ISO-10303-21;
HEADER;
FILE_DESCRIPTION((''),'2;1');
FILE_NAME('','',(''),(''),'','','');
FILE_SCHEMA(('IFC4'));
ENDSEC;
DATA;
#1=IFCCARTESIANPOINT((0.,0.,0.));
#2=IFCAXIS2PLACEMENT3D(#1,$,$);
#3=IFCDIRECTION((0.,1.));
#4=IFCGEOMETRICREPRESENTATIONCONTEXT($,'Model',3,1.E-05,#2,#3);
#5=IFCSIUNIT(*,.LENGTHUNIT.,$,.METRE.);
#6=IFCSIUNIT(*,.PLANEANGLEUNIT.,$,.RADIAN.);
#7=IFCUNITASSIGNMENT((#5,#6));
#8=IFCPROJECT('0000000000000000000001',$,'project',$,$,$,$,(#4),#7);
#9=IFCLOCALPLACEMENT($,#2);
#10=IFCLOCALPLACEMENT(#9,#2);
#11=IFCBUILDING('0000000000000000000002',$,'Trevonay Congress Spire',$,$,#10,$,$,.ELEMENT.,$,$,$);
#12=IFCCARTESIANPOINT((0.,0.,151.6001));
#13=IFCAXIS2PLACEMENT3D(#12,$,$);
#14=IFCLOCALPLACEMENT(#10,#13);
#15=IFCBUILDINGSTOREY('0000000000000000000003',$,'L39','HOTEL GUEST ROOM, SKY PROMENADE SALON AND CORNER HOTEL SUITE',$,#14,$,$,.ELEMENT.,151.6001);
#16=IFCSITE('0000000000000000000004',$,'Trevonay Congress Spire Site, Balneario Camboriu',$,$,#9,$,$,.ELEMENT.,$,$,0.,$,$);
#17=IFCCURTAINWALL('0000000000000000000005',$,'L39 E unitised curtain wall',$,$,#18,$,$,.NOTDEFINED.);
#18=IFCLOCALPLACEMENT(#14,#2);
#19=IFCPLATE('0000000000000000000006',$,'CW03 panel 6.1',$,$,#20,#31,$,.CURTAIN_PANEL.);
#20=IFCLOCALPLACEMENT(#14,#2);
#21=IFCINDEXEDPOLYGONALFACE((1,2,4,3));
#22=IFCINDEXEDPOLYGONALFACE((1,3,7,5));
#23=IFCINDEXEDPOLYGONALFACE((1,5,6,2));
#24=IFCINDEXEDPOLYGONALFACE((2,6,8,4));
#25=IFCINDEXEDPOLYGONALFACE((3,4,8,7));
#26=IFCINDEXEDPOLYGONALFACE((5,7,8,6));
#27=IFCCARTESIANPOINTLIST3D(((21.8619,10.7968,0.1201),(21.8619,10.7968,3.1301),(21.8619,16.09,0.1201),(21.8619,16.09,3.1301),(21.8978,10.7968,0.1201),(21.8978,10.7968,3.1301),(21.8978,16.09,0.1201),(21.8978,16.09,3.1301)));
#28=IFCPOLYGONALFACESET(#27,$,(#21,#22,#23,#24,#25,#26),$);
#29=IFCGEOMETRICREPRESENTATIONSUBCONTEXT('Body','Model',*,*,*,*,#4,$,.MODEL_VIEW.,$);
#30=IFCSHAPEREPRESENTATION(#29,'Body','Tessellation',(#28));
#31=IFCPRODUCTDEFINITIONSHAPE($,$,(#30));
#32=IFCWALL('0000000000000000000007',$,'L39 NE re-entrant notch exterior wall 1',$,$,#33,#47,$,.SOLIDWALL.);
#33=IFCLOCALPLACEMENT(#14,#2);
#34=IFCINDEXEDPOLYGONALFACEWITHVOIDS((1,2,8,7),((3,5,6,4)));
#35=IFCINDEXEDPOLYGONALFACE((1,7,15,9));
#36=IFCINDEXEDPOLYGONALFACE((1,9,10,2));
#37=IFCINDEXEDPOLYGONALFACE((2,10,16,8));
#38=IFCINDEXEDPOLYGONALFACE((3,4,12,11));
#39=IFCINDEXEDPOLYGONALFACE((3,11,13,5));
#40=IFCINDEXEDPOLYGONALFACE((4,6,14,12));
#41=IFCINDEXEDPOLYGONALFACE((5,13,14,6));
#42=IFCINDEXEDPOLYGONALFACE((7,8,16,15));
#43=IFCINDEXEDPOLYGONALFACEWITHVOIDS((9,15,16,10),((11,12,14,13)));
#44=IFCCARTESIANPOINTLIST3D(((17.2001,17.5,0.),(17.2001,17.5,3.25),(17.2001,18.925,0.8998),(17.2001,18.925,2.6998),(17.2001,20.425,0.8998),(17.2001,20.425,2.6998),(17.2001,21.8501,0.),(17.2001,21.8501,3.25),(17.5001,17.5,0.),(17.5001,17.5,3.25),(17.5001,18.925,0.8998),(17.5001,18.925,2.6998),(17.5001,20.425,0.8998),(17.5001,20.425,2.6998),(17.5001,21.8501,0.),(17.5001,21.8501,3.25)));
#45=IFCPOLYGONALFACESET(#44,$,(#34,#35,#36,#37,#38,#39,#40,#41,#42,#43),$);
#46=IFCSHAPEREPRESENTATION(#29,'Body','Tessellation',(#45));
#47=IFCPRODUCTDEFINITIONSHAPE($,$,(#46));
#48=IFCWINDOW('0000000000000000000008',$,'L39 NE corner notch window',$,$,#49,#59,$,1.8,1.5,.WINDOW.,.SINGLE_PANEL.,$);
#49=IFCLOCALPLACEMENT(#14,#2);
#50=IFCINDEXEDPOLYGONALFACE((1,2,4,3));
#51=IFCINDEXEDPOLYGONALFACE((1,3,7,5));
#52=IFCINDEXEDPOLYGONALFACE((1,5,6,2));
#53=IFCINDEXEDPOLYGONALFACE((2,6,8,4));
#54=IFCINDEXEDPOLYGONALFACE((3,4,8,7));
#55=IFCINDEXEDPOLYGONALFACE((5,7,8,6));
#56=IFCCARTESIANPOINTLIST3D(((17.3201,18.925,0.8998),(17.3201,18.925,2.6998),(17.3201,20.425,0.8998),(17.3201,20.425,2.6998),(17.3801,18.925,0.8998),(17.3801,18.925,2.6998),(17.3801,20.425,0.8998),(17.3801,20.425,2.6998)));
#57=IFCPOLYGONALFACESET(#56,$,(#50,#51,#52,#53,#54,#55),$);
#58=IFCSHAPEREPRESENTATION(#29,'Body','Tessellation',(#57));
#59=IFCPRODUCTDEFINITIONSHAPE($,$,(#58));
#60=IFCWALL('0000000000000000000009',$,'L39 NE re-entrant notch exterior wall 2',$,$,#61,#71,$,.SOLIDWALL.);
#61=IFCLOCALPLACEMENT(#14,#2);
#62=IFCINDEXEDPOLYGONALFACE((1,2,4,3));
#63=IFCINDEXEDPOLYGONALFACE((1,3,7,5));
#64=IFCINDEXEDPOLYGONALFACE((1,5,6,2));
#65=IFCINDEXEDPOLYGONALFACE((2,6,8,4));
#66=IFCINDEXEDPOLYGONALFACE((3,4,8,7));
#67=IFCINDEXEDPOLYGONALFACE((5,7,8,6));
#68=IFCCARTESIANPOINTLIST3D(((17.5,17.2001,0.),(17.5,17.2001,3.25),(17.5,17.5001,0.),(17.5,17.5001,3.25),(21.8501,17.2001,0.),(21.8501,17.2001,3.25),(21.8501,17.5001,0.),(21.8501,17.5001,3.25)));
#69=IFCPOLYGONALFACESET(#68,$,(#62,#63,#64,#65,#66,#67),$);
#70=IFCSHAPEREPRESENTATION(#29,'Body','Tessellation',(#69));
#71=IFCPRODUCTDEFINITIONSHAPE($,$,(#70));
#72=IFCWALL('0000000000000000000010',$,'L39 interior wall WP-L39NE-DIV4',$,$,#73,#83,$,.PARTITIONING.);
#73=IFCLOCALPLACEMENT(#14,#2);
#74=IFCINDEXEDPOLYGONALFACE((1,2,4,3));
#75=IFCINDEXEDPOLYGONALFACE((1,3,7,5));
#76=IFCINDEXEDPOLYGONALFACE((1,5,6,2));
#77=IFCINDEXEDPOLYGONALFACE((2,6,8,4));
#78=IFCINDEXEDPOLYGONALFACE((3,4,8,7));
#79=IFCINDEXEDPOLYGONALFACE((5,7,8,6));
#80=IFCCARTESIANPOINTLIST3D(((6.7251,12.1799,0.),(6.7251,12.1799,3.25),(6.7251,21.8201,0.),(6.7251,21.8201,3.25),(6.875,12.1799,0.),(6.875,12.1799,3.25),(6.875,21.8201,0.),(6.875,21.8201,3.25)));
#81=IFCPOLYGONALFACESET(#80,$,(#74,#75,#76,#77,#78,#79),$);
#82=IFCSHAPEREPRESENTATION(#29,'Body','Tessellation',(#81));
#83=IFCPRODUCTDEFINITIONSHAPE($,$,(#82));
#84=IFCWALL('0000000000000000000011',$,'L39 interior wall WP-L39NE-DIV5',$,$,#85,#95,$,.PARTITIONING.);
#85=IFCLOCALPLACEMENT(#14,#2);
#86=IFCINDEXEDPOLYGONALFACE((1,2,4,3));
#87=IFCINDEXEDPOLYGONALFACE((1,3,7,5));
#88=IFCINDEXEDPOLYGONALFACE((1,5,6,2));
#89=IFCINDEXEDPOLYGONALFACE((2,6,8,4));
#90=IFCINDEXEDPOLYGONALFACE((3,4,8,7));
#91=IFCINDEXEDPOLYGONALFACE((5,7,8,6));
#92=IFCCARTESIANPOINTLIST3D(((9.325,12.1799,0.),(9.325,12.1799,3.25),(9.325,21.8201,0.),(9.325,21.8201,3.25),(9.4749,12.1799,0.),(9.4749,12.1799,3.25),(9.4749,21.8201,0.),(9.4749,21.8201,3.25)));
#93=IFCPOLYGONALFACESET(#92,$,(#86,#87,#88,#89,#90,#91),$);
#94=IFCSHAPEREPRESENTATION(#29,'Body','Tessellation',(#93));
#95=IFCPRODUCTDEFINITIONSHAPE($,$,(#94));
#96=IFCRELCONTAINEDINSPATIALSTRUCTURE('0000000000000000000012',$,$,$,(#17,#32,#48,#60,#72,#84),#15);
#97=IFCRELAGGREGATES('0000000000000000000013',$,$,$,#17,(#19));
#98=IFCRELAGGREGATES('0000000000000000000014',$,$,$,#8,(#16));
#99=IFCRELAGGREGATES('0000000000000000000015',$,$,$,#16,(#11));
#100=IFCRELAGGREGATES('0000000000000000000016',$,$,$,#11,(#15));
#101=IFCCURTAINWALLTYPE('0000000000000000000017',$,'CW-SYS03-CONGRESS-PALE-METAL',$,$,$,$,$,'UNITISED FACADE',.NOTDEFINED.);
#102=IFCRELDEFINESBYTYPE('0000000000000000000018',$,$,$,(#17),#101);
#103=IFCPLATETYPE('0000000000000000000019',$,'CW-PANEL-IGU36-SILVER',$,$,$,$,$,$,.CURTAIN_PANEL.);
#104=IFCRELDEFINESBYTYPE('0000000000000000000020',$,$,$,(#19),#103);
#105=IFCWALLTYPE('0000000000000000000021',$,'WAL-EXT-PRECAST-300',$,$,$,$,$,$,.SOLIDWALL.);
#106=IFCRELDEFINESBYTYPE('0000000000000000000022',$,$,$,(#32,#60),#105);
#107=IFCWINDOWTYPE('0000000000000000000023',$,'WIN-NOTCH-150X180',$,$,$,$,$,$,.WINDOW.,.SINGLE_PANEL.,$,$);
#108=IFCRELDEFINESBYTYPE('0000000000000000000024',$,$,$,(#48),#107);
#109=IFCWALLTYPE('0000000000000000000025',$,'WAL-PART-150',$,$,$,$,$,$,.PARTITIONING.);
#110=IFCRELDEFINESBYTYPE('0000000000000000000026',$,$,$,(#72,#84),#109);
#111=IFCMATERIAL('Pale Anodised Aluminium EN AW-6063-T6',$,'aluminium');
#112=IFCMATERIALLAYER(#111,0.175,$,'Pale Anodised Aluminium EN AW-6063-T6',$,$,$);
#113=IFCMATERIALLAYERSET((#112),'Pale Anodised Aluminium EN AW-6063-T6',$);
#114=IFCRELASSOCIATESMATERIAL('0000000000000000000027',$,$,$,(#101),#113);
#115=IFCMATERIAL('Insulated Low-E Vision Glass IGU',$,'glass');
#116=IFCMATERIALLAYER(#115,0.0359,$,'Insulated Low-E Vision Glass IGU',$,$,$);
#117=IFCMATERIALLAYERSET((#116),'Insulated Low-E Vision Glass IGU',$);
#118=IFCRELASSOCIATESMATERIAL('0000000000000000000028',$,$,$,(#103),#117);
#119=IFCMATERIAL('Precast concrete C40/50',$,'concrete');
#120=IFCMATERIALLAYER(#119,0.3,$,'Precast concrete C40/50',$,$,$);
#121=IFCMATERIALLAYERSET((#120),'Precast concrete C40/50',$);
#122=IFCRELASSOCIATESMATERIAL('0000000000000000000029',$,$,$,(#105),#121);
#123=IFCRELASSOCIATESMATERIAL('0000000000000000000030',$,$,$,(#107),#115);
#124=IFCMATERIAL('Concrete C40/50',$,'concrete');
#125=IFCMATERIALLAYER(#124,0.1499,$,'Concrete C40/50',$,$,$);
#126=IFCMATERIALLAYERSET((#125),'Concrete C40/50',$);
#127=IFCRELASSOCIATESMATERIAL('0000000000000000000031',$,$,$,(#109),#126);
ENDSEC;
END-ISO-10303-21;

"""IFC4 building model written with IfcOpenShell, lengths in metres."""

from ifc_helpers import new_model, si_unit, direction, frame, frame_2d, origin, origin_2d, place, context, subcontext, project, spatial, rectangle, extrude, material, layer, layer_set, type_object, element, fill, aggregate, save


model = new_model("IFC4")

# Units and contexts
model_context = context("Model", 3, precision=1e-05, world=origin(), true_north=direction((0.0, 1.0)))
body_context = subcontext(model_context, "Body", "Model", "MODEL_VIEW")
ifc_project = project(units=[si_unit("LENGTHUNIT", "METRE"), si_unit("PLANEANGLEUNIT", "RADIAN")], contexts=[model_context])

# Site, building, storey
site_placement = place(None, origin())
site = spatial("IfcSite", under=ifc_project, at=site_placement, Name="Trevonay Congress Spire Site, Balneario Camboriu", CompositionType="ELEMENT", RefElevation=0.0)
building_placement = place(site_placement, origin())
building = spatial("IfcBuilding", under=site, at=building_placement, Name="Trevonay Congress Spire", CompositionType="ELEMENT")
storey_placement = place(building_placement, frame((0.0, 0.0, 151.6001)))
storey = spatial("IfcBuildingStorey", under=building, at=storey_placement, Name="L39", Description="HOTEL GUEST ROOM, SKY PROMENADE SALON AND CORNER HOTEL SUITE", CompositionType="ELEMENT", Elevation=151.6001)

# Shared definitions
ifc_material_1 = material(Name="Pale Anodised Aluminium EN AW-6063-T6", Category="aluminium")
ifc_layer_1 = layer(ifc_material_1, 0.175, Name="Pale Anodised Aluminium EN AW-6063-T6")
ifc_layer_set_1 = layer_set([ifc_layer_1], Name="Pale Anodised Aluminium EN AW-6063-T6")
curtain_wall_type = type_object("IfcCurtainWallType", Name="CW-SYS03-CONGRESS-PALE-METAL", ElementType="UNITISED FACADE", PredefinedType="NOTDEFINED", material=ifc_layer_set_1)

# Curtain wall
curtain_wall_1_placement = place(storey_placement, origin())
curtain_wall_1 = element("IfcCurtainWall", 1, at=curtain_wall_1_placement, inside=storey, type_object=curtain_wall_type, Name="L39 E unitised curtain wall", PredefinedType="NOTDEFINED")

# Plate
ifc_material_2 = material(Name="Insulated Low-E Vision Glass IGU", Category="glass")
ifc_layer_2 = layer(ifc_material_2, 0.0359, Name="Insulated Low-E Vision Glass IGU")
ifc_layer_set_2 = layer_set([ifc_layer_2], Name="Insulated Low-E Vision Glass IGU")
plate_type = type_object("IfcPlateType", Name="CW-PANEL-IGU36-SILVER", PredefinedType="CURTAIN_PANEL", material=ifc_layer_set_2)
plate_1_placement = place(storey_placement, frame((21.8799, 13.4434, 0.1201), z_axis=(0.0, 0.0, 1.0), x_axis=(0.0, 1.0, 0.0)))
plate_1 = element("IfcPlate", 2, at=plate_1_placement, type_object=plate_type, Name="CW03 panel 6.1", PredefinedType="CURTAIN_PANEL", context=body_context, shape_type="SweptSolid", body=[
    extrude(rectangle(XDim=5.2932, YDim=0.0359, at=origin_2d()), origin(), (0.0, 0.0, 1.0), 3.01),
])
aggregate(curtain_wall_1, [plate_1])

# Wall, opening, window
ifc_material_3 = material(Name="Precast concrete C40/50", Category="concrete")
ifc_layer_3 = layer(ifc_material_3, 0.3, Name="Precast concrete C40/50")
ifc_layer_set_3 = layer_set([ifc_layer_3], Name="Precast concrete C40/50")
wall_type_1 = type_object("IfcWallType", Name="WAL-EXT-PRECAST-300", PredefinedType="SOLIDWALL", material=ifc_layer_set_3)
wall_1_placement = place(storey_placement, frame((17.3501, 21.8501, 0.0), z_axis=(0.0, 0.0, 1.0), x_axis=(0.0, -1.0, 0.0)))
wall_1 = element("IfcWall", 3, at=wall_1_placement, inside=storey, type_object=wall_type_1, Name="L39 NE re-entrant notch exterior wall 1", PredefinedType="SOLIDWALL", context=body_context, shape_type="SweptSolid", body=[
    extrude(rectangle(XDim=4.3501, YDim=0.3, at=frame_2d((2.175, 0.0))), origin(), (0.0, 0.0, 1.0), 3.25),
])
opening_placement = place(wall_1_placement, frame((1.425, 0.0, 0.8999)))
opening = element("IfcOpeningElement", 4, at=opening_placement, cuts=wall_1, PredefinedType="OPENING", context=body_context, shape_type="SweptSolid", body=[
    extrude(rectangle(XDim=1.5, YDim=1.8, at=frame_2d((0.75, 0.8999))), frame((0.0, 0.1602, 0.0), z_axis=(0.0, -1.0, 0.0), x_axis=(1.0, 0.0, 0.0)), (0.0, 0.0, 1.0), 0.3201),
])
window_type = type_object("IfcWindowType", Name="WIN-NOTCH-150X180", PartitioningType="SINGLE_PANEL", PredefinedType="WINDOW", material=ifc_material_2)
window_placement = place(opening_placement, origin())
window = element("IfcWindow", 5, at=window_placement, inside=storey, type_object=window_type, Name="L39 NE corner notch window", OverallHeight=1.8, OverallWidth=1.5, PartitioningType="SINGLE_PANEL", PredefinedType="WINDOW", context=body_context, shape_type="SweptSolid", body=[
    extrude(rectangle(XDim=1.5, YDim=1.8, at=frame_2d((0.75, 0.8999))), frame((0.0, 0.03, 0.0), z_axis=(0.0, -1.0, 0.0), x_axis=(1.0, 0.0, 0.0)), (0.0, 0.0, 1.0), 0.0601),
])
fill(opening, window)

# Walls
wall_2_placement = place(storey_placement, frame((21.8501, 17.3501, 0.0), z_axis=(0.0, 0.0, 1.0), x_axis=(-1.0, 0.0, 0.0)))
element("IfcWall", 6, at=wall_2_placement, inside=storey, type_object=wall_type_1, Name="L39 NE re-entrant notch exterior wall 2", PredefinedType="SOLIDWALL", context=body_context, shape_type="SweptSolid", body=[
    extrude(rectangle(XDim=4.3501, YDim=0.3, at=frame_2d((2.175, 0.0))), origin(), (0.0, 0.0, 1.0), 3.25),
])
ifc_material_4 = material(Name="Concrete C40/50", Category="concrete")
ifc_layer_4 = layer(ifc_material_4, 0.1499, Name="Concrete C40/50")
ifc_layer_set_4 = layer_set([ifc_layer_4], Name="Concrete C40/50")
wall_type_2 = type_object("IfcWallType", Name="WAL-PART-150", PredefinedType="PARTITIONING", material=ifc_layer_set_4)
for number, where, z_axis, x_axis, name in (
    (7, (6.8, 12.1799, 0.0), (0.0, 0.0, 1.0), (0.0, 1.0, 0.0), "L39 interior wall WP-L39NE-DIV4"),
    (8, (9.3999, 12.1799, 0.0), (0.0, 0.0, 1.0), (0.0, 1.0, 0.0), "L39 interior wall WP-L39NE-DIV5"),
):
    element("IfcWall", number, at=place(storey_placement, frame(where, z_axis=z_axis, x_axis=x_axis)), inside=storey, type_object=wall_type_2, Name=name, PredefinedType="PARTITIONING", context=body_context, shape_type="SweptSolid", body=[
        extrude(rectangle(XDim=9.6401, YDim=0.1499, at=frame_2d((4.8201, 0.0))), origin(), (0.0, 0.0, 1.0), 3.25),
    ])

save(model, "model.ifc")
